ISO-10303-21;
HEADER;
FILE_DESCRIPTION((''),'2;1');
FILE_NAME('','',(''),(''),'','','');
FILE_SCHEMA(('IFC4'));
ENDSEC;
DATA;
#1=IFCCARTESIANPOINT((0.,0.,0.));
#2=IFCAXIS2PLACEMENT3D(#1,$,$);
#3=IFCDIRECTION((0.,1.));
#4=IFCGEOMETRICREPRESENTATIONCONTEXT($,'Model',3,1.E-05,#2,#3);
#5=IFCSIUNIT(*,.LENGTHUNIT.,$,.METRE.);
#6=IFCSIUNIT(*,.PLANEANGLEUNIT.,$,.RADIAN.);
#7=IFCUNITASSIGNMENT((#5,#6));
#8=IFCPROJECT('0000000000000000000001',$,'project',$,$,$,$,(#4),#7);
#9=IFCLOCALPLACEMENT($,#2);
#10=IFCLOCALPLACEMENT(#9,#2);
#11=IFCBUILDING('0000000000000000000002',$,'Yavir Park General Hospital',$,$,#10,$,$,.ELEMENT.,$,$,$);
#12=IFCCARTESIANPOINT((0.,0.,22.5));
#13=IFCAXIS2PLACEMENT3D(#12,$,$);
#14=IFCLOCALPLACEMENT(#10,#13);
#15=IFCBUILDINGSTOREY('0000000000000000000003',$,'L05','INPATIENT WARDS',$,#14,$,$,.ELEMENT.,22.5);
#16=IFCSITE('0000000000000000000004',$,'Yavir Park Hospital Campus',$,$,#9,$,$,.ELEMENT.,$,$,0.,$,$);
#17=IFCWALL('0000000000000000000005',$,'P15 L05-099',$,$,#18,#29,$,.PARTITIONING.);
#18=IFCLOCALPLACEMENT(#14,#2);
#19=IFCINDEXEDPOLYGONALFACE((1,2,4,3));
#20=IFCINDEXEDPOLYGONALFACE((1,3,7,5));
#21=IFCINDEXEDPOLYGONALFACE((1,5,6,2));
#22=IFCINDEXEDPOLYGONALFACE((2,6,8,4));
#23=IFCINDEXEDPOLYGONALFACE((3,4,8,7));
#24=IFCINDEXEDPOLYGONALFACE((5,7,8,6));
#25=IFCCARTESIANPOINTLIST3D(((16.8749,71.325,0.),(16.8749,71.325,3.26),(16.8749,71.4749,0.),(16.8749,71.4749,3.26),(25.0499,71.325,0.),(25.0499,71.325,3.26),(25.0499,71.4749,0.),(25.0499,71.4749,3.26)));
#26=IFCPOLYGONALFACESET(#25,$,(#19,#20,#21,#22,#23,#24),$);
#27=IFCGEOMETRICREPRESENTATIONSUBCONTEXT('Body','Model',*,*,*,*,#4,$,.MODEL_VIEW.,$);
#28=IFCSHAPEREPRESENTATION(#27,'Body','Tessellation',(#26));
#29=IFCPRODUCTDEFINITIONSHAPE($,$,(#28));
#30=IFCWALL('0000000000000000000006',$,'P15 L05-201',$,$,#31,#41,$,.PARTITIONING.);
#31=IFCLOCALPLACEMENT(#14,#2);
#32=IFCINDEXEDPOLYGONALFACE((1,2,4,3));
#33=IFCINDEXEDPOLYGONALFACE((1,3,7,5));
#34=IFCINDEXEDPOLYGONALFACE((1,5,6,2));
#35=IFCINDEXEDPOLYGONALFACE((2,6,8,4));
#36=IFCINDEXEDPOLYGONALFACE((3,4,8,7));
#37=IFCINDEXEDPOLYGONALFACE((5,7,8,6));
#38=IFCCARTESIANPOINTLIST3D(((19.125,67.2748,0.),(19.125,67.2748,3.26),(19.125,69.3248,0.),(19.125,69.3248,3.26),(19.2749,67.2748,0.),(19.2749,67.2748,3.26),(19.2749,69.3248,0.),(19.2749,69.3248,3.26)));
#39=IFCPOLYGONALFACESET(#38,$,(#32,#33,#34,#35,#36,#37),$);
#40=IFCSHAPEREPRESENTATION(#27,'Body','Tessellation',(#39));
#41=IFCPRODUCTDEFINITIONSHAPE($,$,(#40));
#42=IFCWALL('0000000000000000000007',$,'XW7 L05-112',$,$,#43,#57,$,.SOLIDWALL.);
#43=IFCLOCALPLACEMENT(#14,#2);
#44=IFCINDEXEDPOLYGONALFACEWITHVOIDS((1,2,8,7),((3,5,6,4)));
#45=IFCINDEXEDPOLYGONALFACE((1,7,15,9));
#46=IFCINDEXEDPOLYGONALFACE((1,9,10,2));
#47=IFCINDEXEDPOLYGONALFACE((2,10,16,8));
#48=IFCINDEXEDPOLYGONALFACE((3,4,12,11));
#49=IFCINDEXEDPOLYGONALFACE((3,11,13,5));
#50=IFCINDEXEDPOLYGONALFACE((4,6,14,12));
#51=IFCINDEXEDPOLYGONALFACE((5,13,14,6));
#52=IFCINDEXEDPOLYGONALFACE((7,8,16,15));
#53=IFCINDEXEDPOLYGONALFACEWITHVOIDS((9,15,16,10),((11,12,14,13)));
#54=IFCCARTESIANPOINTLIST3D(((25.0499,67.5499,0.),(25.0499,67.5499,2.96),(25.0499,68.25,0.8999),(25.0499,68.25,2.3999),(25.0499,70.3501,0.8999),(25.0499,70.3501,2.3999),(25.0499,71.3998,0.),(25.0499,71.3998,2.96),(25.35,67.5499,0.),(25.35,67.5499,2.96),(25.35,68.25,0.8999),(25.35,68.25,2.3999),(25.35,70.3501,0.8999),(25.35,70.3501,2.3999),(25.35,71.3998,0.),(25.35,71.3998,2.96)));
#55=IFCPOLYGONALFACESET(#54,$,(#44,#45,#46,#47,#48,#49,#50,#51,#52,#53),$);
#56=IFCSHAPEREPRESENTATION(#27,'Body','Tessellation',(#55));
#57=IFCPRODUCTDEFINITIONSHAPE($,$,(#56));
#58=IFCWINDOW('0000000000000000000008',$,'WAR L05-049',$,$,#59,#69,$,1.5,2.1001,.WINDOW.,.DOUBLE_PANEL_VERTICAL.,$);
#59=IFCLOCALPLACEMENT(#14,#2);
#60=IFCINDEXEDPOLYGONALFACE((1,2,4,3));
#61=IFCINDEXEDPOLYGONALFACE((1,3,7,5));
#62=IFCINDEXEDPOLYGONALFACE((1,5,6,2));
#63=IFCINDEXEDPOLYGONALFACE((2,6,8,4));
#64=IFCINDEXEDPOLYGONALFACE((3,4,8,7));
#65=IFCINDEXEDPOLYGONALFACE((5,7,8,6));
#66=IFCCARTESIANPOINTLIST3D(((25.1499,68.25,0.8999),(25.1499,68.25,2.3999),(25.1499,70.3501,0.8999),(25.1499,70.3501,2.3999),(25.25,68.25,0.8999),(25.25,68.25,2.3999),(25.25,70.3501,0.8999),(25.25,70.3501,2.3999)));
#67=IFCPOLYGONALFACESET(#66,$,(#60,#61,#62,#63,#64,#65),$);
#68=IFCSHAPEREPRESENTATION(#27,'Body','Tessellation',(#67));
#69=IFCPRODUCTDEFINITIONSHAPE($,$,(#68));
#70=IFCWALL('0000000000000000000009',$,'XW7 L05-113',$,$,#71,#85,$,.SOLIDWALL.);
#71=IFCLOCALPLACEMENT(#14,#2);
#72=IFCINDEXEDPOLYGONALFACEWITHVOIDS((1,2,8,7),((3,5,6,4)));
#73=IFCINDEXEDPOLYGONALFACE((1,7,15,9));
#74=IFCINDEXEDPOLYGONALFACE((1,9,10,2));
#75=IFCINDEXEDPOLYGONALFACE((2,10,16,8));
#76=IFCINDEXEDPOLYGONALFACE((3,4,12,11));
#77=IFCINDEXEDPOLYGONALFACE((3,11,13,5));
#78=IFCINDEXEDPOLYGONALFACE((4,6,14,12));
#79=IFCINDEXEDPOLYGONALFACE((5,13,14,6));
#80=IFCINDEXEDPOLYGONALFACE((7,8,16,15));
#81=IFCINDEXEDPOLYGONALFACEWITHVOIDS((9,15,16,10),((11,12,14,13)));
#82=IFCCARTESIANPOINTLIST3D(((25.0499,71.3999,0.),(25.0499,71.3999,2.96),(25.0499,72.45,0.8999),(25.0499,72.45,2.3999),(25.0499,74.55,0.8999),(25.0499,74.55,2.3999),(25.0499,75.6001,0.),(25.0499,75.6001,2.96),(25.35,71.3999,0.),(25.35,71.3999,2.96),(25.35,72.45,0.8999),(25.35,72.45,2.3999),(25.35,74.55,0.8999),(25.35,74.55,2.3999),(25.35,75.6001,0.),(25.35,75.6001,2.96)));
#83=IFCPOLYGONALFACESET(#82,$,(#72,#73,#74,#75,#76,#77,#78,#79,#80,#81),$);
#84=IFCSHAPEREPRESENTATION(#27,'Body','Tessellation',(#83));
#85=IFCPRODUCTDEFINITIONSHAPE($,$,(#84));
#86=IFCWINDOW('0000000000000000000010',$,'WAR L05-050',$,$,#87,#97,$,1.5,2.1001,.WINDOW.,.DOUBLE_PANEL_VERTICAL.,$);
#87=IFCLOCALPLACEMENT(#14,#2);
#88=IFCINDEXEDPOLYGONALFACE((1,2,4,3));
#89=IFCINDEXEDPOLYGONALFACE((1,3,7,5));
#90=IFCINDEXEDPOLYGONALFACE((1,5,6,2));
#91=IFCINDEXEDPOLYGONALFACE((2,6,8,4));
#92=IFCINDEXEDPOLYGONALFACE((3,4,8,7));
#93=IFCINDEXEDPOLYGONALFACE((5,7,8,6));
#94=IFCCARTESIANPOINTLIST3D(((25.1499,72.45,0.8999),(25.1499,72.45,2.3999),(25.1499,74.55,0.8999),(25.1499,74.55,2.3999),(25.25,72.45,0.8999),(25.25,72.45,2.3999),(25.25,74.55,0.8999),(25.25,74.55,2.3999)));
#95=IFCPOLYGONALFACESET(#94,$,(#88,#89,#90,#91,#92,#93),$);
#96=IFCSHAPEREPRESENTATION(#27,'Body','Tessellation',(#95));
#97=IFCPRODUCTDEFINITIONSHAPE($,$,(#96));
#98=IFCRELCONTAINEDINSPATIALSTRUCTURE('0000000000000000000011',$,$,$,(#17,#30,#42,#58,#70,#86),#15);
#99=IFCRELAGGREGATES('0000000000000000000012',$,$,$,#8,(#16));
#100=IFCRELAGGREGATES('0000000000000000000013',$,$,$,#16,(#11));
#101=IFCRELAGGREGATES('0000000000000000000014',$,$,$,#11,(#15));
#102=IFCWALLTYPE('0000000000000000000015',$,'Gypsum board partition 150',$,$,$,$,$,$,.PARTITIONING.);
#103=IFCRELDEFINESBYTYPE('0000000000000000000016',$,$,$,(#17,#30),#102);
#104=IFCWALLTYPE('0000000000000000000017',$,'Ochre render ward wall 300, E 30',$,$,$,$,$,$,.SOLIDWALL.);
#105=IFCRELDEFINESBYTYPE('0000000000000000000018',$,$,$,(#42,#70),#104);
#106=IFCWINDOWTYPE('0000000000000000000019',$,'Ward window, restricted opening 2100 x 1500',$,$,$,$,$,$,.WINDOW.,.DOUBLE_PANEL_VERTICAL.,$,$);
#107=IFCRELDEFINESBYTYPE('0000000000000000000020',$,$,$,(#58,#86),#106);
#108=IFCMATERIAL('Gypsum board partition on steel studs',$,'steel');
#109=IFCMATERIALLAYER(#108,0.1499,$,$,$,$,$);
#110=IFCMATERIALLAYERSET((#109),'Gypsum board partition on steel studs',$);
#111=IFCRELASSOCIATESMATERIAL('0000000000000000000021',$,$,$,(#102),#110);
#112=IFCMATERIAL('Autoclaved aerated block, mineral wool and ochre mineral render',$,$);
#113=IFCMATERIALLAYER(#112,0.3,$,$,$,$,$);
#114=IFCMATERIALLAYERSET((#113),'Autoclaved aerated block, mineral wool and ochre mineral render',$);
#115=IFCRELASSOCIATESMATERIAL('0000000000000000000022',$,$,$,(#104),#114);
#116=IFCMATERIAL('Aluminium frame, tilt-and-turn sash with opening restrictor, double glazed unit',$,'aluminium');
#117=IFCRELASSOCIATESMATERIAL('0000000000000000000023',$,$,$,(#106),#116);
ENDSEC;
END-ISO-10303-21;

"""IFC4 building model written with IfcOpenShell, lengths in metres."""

from ifc_helpers import new_model, si_unit, direction, frame, frame_2d, origin, place, context, subcontext, project, spatial, rectangle, extrude, material, layer, layer_set, type_object, element, fill, save


model = new_model("IFC4")

# Units and contexts
model_context = context("Model", 3, precision=1e-05, world=origin(), true_north=direction((0.0, 1.0)))
body_context = subcontext(model_context, "Body", "Model", "MODEL_VIEW")
ifc_project = project(units=[si_unit("LENGTHUNIT", "METRE"), si_unit("PLANEANGLEUNIT", "RADIAN")], contexts=[model_context])

# Site, building, storey
site_placement = place(None, origin())
site = spatial("IfcSite", under=ifc_project, at=site_placement, Name="Yavir Park Hospital Campus", CompositionType="ELEMENT", RefElevation=0.0)
building_placement = place(site_placement, origin())
building = spatial("IfcBuilding", under=site, at=building_placement, Name="Yavir Park General Hospital", CompositionType="ELEMENT")
storey_placement = place(building_placement, frame((0.0, 0.0, 22.5)))
storey = spatial("IfcBuildingStorey", under=building, at=storey_placement, Name="L05", Description="INPATIENT WARDS", CompositionType="ELEMENT", Elevation=22.5)

# Walls
ifc_material_1 = material(Name="Gypsum board partition on steel studs", Category="steel")
ifc_layer_1 = layer(ifc_material_1, 0.1499)
ifc_layer_set_1 = layer_set([ifc_layer_1], Name="Gypsum board partition on steel studs")
wall_type_1 = type_object("IfcWallType", Name="Gypsum board partition 150", PredefinedType="PARTITIONING", material=ifc_layer_set_1)
wall_1_placement = place(storey_placement, frame((16.875, 71.3999, 0.0), z_axis=(0.0, 0.0, 1.0), x_axis=(1.0, 0.0, 0.0)))
element("IfcWall", 1, at=wall_1_placement, inside=storey, type_object=wall_type_1, Name="P15 L05-099", PredefinedType="PARTITIONING", context=body_context, shape_type="SweptSolid", body=[
    extrude(rectangle(XDim=8.175, YDim=0.1499, at=frame_2d((4.0874, 0.0))), origin(), (0.0, 0.0, 1.0), 3.26),
])
wall_2_placement = place(storey_placement, frame((19.2, 67.2749, 0.0), z_axis=(0.0, 0.0, 1.0), x_axis=(0.0, 1.0, 0.0)))
element("IfcWall", 2, at=wall_2_placement, inside=storey, type_object=wall_type_1, Name="P15 L05-201", PredefinedType="PARTITIONING", context=body_context, shape_type="SweptSolid", body=[
    extrude(rectangle(XDim=2.05, YDim=0.1499, at=frame_2d((1.0249, 0.0))), origin(), (0.0, 0.0, 1.0), 3.26),
])

# Walls, openings, windows
ifc_material_2 = material(Name="Autoclaved aerated block, mineral wool and ochre mineral render")
ifc_layer_2 = layer(ifc_material_2, 0.3)
ifc_layer_set_2 = layer_set([ifc_layer_2], Name="Autoclaved aerated block, mineral wool and ochre mineral render")
wall_type_2 = type_object("IfcWallType", Name="Ochre render ward wall 300, E 30", PredefinedType="SOLIDWALL", material=ifc_layer_set_2)
wall_3_placement = place(storey_placement, frame((25.2, 67.55, 0.0), z_axis=(0.0, 0.0, 1.0), x_axis=(0.0, 1.0, 0.0)))
wall_3 = element("IfcWall", 3, at=wall_3_placement, inside=storey, type_object=wall_type_2, Name="XW7 L05-112", PredefinedType="SOLIDWALL", context=body_context, shape_type="SweptSolid", body=[
    extrude(rectangle(XDim=3.8499, YDim=0.3, at=frame_2d((1.9248, 0.0))), origin(), (0.0, 0.0, 1.0), 2.96),
])
opening_1_placement = place(wall_3_placement, frame((0.7, 0.0, 0.8999)))
opening_1 = element("IfcOpeningElement", 4, at=opening_1_placement, cuts=wall_3, PredefinedType="OPENING", context=body_context, shape_type="SweptSolid", body=[
    extrude(rectangle(XDim=2.1001, YDim=1.5, at=frame_2d((1.05, 0.75))), frame((0.0, 0.1599, 0.0), z_axis=(0.0, -1.0, 0.0), x_axis=(1.0, 0.0, 0.0)), (0.0, 0.0, 1.0), 0.3201),
])
ifc_material_3 = material(Name="Aluminium frame, tilt-and-turn sash with opening restrictor, double glazed unit", Category="aluminium")
window_type = type_object("IfcWindowType", Name="Ward window, restricted opening 2100 x 1500", PartitioningType="DOUBLE_PANEL_VERTICAL", PredefinedType="WINDOW", material=ifc_material_3)
window_1_placement = place(opening_1_placement, origin())
window_1 = element("IfcWindow", 5, at=window_1_placement, inside=storey, type_object=window_type, Name="WAR L05-049", OverallHeight=1.5, OverallWidth=2.1001, PartitioningType="DOUBLE_PANEL_VERTICAL", PredefinedType="WINDOW", context=body_context, shape_type="SweptSolid", body=[
    extrude(rectangle(XDim=2.1001, YDim=1.5, at=frame_2d((1.05, 0.75))), frame((0.0, 0.05, 0.0), z_axis=(0.0, -1.0, 0.0), x_axis=(1.0, 0.0, 0.0)), (0.0, 0.0, 1.0), 0.1001),
])
fill(opening_1, window_1)
wall_4_placement = place(storey_placement, frame((25.2, 71.3999, 0.0), z_axis=(0.0, 0.0, 1.0), x_axis=(0.0, 1.0, 0.0)))
wall_4 = element("IfcWall", 6, at=wall_4_placement, inside=storey, type_object=wall_type_2, Name="XW7 L05-113", PredefinedType="SOLIDWALL", context=body_context, shape_type="SweptSolid", body=[
    extrude(rectangle(XDim=4.2002, YDim=0.3, at=frame_2d((2.1001, 0.0))), origin(), (0.0, 0.0, 1.0), 2.96),
])
opening_2_placement = place(wall_4_placement, frame((1.05, 0.0, 0.8999)))
opening_2 = element("IfcOpeningElement", 7, at=opening_2_placement, cuts=wall_4, PredefinedType="OPENING", context=body_context, shape_type="SweptSolid", body=[
    extrude(rectangle(XDim=2.1001, YDim=1.5, at=frame_2d((1.05, 0.75))), frame((0.0, 0.1599, 0.0), z_axis=(0.0, -1.0, 0.0), x_axis=(1.0, 0.0, 0.0)), (0.0, 0.0, 1.0), 0.3201),
])
window_2_placement = place(opening_2_placement, origin())
window_2 = element("IfcWindow", 8, at=window_2_placement, inside=storey, type_object=window_type, Name="WAR L05-050", OverallHeight=1.5, OverallWidth=2.1001, PartitioningType="DOUBLE_PANEL_VERTICAL", PredefinedType="WINDOW", context=body_context, shape_type="SweptSolid", body=[
    extrude(rectangle(XDim=2.1001, YDim=1.5, at=frame_2d((1.05, 0.75))), frame((0.0, 0.05, 0.0), z_axis=(0.0, -1.0, 0.0), x_axis=(1.0, 0.0, 0.0)), (0.0, 0.0, 1.0), 0.1001),
])
fill(opening_2, window_2)

save(model, "model.ifc")
